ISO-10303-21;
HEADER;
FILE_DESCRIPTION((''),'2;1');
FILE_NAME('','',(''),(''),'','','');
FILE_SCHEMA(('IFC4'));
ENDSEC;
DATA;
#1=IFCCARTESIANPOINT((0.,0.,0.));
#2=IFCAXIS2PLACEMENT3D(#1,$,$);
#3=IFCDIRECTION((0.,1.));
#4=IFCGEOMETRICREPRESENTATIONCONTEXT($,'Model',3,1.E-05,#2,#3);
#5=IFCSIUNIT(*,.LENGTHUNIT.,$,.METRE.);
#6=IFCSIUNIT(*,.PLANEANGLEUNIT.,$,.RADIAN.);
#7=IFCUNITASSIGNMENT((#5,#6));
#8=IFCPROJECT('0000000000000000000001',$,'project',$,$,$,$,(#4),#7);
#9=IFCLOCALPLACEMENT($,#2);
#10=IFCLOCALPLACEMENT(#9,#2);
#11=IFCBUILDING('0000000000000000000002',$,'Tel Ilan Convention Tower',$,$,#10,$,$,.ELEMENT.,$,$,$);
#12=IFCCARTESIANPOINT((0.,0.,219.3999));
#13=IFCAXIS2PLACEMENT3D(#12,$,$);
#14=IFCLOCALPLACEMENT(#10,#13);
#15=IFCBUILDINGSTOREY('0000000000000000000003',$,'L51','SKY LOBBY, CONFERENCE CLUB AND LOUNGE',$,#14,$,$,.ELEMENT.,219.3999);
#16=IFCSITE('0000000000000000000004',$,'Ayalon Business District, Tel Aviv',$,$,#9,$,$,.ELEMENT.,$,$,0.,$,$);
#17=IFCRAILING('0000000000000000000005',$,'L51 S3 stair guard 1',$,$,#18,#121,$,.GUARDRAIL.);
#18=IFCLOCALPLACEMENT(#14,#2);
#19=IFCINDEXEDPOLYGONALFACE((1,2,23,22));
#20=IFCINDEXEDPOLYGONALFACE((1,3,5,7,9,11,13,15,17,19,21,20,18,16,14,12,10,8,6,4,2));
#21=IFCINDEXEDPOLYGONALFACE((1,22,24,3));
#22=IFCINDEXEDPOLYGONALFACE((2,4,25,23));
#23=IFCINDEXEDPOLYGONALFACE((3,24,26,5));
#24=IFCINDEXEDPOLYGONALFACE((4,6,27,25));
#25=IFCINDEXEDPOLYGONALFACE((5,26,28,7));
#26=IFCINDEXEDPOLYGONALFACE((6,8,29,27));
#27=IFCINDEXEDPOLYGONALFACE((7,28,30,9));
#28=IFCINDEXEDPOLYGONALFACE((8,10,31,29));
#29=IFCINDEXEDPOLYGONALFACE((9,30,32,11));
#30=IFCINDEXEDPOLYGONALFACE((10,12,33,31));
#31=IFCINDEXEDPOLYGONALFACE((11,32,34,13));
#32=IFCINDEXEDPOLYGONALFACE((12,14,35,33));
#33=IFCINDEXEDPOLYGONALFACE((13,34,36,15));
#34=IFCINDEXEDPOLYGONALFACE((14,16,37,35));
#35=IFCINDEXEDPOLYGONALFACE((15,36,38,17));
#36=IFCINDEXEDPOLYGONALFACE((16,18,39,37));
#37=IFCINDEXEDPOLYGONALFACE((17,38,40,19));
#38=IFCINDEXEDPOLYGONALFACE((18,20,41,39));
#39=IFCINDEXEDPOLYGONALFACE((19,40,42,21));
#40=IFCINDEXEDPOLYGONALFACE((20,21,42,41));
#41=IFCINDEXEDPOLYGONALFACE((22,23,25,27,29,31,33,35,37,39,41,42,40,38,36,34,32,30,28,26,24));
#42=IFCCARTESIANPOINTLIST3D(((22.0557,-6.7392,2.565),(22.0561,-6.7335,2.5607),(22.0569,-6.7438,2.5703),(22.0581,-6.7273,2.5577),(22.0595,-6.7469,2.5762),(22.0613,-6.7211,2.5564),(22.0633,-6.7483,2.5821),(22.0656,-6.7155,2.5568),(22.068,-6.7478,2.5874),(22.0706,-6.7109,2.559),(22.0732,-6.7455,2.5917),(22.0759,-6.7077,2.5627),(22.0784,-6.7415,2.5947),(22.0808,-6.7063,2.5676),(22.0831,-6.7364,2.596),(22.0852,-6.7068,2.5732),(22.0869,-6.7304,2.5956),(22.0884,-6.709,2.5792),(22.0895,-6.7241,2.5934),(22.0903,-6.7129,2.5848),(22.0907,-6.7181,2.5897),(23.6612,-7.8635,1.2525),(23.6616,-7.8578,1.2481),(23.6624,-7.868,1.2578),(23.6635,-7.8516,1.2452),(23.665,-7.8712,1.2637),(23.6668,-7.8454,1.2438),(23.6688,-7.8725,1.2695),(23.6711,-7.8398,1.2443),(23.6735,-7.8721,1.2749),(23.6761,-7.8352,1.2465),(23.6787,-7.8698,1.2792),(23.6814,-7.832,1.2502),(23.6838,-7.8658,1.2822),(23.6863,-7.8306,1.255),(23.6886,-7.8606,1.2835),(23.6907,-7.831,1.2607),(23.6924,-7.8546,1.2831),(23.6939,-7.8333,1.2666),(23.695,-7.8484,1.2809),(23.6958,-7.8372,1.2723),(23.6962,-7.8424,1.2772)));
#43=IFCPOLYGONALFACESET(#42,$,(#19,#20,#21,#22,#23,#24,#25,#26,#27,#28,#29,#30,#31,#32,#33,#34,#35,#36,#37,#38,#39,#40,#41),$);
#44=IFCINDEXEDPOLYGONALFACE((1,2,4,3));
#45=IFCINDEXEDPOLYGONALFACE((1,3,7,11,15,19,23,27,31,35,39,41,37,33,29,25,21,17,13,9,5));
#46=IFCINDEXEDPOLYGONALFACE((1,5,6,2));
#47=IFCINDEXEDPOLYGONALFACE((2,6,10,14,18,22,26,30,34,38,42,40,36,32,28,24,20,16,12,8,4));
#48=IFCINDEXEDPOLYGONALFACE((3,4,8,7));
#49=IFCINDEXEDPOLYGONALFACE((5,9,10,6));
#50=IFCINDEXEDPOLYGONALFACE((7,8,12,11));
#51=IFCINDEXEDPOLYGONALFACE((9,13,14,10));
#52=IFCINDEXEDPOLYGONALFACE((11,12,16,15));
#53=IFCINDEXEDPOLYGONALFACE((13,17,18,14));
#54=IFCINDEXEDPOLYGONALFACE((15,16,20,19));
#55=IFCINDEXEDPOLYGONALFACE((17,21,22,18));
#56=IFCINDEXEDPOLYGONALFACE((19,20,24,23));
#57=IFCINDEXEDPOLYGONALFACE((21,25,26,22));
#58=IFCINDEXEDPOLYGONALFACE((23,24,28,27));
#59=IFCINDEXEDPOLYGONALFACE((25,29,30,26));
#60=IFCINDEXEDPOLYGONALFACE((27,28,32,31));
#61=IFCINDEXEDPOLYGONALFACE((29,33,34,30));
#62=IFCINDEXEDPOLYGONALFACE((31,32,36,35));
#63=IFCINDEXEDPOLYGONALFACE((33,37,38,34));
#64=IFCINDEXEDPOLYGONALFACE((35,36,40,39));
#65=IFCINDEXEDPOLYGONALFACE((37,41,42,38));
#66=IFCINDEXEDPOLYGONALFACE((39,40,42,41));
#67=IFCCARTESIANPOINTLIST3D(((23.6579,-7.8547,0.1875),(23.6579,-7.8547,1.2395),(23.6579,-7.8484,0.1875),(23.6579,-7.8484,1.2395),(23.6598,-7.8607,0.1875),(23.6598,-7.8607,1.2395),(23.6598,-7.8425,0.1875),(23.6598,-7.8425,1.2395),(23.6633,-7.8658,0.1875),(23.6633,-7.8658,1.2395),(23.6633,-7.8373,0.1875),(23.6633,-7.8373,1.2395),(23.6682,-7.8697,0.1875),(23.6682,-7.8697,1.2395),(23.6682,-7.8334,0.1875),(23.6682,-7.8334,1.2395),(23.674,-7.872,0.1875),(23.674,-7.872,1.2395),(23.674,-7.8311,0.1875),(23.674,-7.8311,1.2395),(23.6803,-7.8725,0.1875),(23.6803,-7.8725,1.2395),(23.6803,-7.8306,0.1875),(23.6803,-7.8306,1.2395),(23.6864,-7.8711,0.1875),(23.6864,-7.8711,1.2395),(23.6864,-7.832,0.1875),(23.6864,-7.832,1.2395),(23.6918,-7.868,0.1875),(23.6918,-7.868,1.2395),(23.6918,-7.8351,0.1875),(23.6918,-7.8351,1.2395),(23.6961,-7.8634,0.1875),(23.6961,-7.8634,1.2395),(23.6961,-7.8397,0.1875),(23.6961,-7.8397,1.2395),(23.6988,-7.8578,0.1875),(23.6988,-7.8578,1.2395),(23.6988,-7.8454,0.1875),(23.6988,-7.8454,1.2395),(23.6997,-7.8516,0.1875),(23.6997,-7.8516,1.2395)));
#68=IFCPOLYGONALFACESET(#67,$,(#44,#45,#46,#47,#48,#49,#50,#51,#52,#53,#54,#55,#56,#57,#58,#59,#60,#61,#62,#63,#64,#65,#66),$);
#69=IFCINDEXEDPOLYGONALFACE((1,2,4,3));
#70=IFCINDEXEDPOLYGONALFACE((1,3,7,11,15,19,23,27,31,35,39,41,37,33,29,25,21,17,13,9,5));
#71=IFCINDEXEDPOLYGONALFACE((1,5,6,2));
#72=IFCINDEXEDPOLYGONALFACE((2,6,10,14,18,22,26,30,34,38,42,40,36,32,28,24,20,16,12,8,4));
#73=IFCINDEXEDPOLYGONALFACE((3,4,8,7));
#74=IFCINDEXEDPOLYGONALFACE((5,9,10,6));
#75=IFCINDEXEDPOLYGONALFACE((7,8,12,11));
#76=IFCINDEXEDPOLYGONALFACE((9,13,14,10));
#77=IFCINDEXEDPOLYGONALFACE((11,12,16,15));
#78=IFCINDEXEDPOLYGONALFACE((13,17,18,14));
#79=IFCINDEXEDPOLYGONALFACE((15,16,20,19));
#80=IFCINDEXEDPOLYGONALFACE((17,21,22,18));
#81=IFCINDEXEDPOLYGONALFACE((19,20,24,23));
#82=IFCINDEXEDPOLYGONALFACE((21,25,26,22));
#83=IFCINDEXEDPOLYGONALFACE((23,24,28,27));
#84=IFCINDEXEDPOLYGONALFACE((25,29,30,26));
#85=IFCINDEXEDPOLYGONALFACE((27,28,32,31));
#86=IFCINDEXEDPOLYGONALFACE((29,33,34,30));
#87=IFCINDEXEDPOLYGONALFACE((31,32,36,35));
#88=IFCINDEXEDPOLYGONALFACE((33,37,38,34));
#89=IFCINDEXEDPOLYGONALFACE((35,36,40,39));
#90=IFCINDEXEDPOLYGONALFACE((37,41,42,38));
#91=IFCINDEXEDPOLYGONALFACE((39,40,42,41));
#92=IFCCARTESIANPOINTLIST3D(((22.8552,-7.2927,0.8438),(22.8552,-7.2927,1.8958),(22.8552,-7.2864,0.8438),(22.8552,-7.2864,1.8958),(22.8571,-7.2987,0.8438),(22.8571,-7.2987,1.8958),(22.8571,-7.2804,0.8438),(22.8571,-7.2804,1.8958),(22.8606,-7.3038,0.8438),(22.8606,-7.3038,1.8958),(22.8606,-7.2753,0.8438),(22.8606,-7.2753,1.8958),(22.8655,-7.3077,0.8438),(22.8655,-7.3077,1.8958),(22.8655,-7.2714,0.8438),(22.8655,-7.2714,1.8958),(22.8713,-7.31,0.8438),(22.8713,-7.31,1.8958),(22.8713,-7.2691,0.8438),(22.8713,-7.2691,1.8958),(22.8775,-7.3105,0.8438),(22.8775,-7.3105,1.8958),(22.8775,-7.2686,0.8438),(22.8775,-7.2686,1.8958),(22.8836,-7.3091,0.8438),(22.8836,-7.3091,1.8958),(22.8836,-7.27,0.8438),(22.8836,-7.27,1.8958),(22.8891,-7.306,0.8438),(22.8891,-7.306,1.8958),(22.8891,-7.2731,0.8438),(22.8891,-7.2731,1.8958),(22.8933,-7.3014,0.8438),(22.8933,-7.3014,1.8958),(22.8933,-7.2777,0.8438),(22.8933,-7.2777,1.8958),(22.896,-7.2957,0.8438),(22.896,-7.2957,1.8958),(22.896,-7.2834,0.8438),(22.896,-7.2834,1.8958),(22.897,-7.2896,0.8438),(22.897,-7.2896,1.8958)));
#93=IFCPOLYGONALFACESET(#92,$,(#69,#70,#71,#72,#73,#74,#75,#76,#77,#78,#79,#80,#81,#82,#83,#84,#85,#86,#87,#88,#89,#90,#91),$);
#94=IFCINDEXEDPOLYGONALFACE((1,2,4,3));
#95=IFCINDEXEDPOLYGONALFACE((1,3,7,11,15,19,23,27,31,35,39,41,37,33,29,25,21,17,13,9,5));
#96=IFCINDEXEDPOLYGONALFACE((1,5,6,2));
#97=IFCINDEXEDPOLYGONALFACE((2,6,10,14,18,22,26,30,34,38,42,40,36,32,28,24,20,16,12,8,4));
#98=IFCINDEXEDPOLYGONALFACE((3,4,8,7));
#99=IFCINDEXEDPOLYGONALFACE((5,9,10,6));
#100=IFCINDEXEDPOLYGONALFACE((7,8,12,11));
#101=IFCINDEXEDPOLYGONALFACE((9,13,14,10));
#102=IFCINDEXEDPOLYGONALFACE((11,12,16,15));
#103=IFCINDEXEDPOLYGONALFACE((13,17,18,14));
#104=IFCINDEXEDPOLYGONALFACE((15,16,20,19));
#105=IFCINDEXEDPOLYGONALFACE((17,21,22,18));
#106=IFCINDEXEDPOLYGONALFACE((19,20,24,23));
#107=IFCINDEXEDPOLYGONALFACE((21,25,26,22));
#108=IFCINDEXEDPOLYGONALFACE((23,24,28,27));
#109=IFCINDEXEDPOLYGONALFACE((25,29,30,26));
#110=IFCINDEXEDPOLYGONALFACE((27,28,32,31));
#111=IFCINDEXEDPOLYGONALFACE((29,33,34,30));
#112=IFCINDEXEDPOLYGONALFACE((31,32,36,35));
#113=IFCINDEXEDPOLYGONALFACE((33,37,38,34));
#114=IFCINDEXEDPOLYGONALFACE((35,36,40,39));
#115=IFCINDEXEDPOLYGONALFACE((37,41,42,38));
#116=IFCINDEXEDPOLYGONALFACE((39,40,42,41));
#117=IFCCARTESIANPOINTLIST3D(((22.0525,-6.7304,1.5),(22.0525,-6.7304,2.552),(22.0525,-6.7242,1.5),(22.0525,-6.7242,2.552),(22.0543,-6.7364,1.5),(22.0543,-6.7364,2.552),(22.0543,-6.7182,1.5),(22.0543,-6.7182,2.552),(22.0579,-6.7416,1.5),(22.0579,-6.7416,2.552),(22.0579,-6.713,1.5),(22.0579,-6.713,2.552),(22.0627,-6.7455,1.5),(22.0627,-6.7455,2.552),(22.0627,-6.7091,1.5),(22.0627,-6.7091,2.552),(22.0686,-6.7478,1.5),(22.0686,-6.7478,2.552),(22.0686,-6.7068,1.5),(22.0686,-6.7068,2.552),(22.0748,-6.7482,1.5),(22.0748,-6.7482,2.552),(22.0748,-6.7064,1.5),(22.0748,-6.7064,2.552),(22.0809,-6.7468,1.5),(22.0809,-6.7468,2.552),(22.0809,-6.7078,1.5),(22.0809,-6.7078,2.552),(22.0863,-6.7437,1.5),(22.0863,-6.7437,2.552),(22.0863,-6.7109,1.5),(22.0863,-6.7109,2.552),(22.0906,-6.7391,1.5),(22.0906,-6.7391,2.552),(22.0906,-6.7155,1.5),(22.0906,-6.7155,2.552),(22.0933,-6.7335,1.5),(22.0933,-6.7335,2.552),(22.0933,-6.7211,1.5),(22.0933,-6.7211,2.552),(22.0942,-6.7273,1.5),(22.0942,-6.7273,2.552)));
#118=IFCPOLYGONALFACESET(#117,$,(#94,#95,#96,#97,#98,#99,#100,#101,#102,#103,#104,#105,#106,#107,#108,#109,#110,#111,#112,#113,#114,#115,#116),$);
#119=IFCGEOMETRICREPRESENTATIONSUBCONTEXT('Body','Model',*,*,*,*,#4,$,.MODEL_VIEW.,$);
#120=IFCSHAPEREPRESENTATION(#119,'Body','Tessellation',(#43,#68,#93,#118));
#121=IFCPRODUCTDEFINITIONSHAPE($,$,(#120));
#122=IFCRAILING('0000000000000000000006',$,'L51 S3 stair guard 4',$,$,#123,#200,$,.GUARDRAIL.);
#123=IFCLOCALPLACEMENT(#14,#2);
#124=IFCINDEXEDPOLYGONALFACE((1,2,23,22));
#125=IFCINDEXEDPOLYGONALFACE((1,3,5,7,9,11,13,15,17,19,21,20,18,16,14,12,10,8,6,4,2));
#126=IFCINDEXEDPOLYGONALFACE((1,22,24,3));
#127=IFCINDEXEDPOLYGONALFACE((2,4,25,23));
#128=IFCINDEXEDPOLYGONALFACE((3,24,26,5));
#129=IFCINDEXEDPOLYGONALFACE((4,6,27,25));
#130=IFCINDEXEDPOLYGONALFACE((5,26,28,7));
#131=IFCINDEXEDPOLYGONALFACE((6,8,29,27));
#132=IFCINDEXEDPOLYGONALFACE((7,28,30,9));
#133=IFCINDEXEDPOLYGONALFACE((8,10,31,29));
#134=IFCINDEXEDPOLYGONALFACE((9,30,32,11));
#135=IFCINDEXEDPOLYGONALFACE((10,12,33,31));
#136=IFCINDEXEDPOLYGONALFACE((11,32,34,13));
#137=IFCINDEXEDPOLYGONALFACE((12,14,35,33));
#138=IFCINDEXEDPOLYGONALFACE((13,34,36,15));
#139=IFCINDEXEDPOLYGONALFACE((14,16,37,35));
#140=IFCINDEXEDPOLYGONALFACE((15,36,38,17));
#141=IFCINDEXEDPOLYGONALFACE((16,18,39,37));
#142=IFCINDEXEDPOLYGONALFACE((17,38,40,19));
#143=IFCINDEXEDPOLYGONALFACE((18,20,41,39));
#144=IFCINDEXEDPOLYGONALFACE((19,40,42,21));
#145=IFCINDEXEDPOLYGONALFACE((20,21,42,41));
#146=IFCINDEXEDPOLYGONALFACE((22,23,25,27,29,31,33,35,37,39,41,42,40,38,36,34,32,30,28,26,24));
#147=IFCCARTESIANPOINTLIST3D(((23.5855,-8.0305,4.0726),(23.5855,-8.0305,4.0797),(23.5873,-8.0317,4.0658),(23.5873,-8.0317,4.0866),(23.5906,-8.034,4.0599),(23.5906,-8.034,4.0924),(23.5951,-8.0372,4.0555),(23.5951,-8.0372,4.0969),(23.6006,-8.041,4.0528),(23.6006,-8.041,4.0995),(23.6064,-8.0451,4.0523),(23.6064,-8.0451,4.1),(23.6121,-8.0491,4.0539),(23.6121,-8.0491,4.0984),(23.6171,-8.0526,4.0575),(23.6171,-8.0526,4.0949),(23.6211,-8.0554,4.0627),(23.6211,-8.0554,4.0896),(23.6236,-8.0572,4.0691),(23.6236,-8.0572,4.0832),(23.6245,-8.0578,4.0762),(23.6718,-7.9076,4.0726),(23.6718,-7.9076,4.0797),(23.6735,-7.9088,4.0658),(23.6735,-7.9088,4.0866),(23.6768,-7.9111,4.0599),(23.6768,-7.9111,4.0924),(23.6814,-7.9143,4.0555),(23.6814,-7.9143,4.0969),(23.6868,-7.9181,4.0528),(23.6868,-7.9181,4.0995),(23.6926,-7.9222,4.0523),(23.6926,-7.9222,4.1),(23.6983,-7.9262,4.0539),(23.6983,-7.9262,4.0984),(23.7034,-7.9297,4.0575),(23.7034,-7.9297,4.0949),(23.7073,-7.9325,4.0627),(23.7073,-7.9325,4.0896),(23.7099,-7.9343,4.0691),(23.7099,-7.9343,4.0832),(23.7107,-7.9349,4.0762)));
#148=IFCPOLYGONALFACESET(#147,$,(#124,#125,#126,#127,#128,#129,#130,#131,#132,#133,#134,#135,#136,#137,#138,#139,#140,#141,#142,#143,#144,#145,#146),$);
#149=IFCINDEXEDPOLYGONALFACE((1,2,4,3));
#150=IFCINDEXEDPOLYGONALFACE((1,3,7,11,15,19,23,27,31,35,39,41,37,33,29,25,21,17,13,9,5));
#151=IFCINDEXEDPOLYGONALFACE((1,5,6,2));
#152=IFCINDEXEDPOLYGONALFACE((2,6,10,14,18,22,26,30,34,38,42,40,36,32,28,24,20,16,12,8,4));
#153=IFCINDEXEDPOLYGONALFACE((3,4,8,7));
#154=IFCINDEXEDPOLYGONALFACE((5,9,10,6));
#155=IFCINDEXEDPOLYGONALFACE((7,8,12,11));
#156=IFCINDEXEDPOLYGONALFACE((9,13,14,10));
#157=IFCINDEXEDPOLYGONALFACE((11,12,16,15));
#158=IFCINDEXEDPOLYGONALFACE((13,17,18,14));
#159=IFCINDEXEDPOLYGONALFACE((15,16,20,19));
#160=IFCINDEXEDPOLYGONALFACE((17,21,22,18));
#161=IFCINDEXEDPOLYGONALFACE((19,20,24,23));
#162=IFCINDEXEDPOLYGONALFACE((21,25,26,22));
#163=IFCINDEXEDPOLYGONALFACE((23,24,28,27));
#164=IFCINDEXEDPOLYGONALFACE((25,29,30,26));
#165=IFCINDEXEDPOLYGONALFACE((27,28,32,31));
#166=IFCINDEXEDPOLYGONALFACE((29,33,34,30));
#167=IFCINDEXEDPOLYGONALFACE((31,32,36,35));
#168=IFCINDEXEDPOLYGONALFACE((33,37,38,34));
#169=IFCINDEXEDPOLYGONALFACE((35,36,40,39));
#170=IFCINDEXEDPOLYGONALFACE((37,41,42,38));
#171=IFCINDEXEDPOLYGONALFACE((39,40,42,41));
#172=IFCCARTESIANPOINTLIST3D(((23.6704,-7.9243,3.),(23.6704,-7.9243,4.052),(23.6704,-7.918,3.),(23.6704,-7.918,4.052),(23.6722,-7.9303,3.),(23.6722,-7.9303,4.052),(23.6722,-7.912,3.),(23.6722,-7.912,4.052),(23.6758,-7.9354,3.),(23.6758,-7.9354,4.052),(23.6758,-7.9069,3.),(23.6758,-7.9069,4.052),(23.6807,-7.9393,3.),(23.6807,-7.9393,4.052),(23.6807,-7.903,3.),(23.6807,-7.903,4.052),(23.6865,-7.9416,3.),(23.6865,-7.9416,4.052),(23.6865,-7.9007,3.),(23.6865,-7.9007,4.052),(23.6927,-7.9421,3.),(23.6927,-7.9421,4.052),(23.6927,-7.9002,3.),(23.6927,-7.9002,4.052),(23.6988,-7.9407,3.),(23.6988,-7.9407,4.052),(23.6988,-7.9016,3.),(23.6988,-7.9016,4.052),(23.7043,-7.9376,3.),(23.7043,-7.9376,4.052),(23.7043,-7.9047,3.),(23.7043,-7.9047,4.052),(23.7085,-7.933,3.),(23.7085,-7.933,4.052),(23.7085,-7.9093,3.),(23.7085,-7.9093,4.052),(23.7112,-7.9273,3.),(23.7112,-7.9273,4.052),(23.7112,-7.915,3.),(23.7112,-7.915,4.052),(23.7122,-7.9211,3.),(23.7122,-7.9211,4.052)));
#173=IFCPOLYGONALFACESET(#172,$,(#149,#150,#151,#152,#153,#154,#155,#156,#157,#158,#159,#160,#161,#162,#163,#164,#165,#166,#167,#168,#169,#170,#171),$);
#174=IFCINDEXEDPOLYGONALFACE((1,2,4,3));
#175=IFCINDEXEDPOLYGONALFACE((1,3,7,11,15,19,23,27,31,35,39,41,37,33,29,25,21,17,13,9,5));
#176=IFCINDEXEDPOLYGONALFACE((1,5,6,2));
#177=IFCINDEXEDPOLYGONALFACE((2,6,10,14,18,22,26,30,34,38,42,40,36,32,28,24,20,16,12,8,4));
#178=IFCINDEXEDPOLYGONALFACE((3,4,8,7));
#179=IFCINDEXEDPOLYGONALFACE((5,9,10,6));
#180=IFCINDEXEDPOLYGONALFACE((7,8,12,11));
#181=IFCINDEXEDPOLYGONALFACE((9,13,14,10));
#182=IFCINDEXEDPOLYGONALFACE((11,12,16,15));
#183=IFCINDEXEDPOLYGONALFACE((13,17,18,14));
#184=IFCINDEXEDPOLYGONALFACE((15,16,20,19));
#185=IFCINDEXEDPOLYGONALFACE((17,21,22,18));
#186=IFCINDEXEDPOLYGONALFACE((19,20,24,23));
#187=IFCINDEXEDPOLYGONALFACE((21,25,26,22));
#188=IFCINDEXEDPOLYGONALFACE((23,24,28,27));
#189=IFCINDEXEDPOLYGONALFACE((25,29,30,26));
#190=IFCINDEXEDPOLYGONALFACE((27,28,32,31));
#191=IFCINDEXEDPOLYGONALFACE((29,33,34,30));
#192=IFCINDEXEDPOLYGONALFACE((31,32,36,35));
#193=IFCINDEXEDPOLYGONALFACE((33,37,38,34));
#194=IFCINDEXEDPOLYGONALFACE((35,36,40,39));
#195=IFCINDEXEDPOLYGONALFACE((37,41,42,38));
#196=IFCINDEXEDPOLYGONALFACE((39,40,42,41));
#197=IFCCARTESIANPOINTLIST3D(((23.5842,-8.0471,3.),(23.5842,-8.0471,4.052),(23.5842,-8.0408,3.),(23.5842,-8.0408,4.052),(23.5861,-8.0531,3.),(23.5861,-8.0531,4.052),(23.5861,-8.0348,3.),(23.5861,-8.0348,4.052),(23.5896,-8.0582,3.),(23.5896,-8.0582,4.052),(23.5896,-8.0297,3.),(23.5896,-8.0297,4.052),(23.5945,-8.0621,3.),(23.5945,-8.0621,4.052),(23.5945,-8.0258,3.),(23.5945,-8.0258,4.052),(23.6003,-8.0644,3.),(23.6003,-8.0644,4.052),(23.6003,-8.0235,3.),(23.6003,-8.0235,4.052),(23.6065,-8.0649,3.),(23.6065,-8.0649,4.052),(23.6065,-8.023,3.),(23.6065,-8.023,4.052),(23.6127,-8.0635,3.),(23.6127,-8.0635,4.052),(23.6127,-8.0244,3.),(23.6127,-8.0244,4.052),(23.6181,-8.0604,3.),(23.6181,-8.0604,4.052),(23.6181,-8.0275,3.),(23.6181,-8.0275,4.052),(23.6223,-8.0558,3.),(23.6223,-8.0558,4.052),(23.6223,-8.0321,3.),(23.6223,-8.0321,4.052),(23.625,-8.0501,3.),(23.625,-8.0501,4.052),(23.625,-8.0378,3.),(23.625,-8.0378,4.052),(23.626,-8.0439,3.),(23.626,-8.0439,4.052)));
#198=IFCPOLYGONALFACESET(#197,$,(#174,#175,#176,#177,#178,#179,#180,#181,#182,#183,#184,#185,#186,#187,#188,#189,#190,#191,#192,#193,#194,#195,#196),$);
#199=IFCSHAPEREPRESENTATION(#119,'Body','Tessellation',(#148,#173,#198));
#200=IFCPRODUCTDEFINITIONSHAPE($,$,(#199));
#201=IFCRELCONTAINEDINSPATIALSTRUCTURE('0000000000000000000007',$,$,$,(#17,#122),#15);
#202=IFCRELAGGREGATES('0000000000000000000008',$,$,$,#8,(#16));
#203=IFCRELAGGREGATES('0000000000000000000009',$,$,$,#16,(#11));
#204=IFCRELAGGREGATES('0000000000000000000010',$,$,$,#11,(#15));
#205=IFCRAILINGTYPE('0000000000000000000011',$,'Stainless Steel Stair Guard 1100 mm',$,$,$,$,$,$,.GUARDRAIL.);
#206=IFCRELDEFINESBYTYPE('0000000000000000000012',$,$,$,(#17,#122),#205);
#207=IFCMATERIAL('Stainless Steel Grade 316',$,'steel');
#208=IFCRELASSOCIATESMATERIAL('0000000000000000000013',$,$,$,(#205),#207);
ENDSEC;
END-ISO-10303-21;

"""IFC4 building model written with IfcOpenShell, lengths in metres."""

from ifc_helpers import new_model, si_unit, direction, frame, origin, origin_2d, place, context, subcontext, project, spatial, circle, extrude, material, type_object, element, save


model = new_model("IFC4")

# Units and contexts
model_context = context("Model", 3, precision=1e-05, world=origin(), true_north=direction((0.0, 1.0)))
body_context = subcontext(model_context, "Body", "Model", "MODEL_VIEW")
ifc_project = project(units=[si_unit("LENGTHUNIT", "METRE"), si_unit("PLANEANGLEUNIT", "RADIAN")], contexts=[model_context])

# Site, building, storey
site_placement = place(None, origin())
site = spatial("IfcSite", under=ifc_project, at=site_placement, Name="Ayalon Business District, Tel Aviv", CompositionType="ELEMENT", RefElevation=0.0)
building_placement = place(site_placement, origin())
building = spatial("IfcBuilding", under=site, at=building_placement, Name="Tel Ilan Convention Tower", CompositionType="ELEMENT")
storey_placement = place(building_placement, frame((0.0, 0.0, 219.3999)))
storey = spatial("IfcBuildingStorey", under=building, at=storey_placement, Name="L51", Description="SKY LOBBY, CONFERENCE CLUB AND LOUNGE", CompositionType="ELEMENT", Elevation=219.3999)

# Railings
ifc_material_1 = material(Name="Stainless Steel Grade 316", Category="steel")
railing_type_1 = type_object("IfcRailingType", Name="Stainless Steel Stair Guard 1100 mm", PredefinedType="GUARDRAIL", material=ifc_material_1)
railing_1_placement = place(storey_placement, frame((23.6787, -7.8516, 0.1875)))
element("IfcRailing", 1, at=railing_1_placement, inside=storey, type_object=railing_type_1, Name="L51 S3 stair guard 1", PredefinedType="GUARDRAIL", context=body_context, shape_type="SweptSolid", body=[
    extrude(circle(Radius=0.0239, at=origin_2d()), frame((0.0, 0.0, 1.0762), z_axis=(-0.680616, 0.476617, 0.556416), x_axis=(-0.573613, -0.819127, 0.0)), (0.0, 0.0, 1.0), 2.3589),
    extrude(circle(Radius=0.021, at=origin_2d()), origin(), (0.0, 0.0, 1.0), 1.052),
    extrude(circle(Radius=0.021, at=origin_2d()), frame((-0.8027, 0.562, 0.6562)), (0.0, 0.0, 1.0), 1.052),
    extrude(circle(Radius=0.021, at=origin_2d()), frame((-1.6055, 1.1243, 1.3125)), (0.0, 0.0, 1.0), 1.052),
])
railing_2_placement = place(storey_placement, frame((23.6912, -7.9211, 3.0)))
element("IfcRailing", 2, at=railing_2_placement, inside=storey, type_object=railing_type_1, Name="L51 S3 stair guard 4", PredefinedType="GUARDRAIL", context=body_context, shape_type="SweptSolid", body=[
    extrude(circle(Radius=0.0239, at=origin_2d()), frame((0.0, 0.0, 1.0762), z_axis=(-0.574445, -0.818543, 0.0), x_axis=(0.818543, -0.574445, 0.0)), (0.0, 0.0, 1.0), 0.1501),
    extrude(circle(Radius=0.021, at=origin_2d()), origin(), (0.0, 0.0, 1.0), 1.052),
    extrude(circle(Radius=0.021, at=origin_2d()), frame((-0.0862, -0.1228, 0.0)), (0.0, 0.0, 1.0), 1.052),
])

save(model, "model.ifc")
